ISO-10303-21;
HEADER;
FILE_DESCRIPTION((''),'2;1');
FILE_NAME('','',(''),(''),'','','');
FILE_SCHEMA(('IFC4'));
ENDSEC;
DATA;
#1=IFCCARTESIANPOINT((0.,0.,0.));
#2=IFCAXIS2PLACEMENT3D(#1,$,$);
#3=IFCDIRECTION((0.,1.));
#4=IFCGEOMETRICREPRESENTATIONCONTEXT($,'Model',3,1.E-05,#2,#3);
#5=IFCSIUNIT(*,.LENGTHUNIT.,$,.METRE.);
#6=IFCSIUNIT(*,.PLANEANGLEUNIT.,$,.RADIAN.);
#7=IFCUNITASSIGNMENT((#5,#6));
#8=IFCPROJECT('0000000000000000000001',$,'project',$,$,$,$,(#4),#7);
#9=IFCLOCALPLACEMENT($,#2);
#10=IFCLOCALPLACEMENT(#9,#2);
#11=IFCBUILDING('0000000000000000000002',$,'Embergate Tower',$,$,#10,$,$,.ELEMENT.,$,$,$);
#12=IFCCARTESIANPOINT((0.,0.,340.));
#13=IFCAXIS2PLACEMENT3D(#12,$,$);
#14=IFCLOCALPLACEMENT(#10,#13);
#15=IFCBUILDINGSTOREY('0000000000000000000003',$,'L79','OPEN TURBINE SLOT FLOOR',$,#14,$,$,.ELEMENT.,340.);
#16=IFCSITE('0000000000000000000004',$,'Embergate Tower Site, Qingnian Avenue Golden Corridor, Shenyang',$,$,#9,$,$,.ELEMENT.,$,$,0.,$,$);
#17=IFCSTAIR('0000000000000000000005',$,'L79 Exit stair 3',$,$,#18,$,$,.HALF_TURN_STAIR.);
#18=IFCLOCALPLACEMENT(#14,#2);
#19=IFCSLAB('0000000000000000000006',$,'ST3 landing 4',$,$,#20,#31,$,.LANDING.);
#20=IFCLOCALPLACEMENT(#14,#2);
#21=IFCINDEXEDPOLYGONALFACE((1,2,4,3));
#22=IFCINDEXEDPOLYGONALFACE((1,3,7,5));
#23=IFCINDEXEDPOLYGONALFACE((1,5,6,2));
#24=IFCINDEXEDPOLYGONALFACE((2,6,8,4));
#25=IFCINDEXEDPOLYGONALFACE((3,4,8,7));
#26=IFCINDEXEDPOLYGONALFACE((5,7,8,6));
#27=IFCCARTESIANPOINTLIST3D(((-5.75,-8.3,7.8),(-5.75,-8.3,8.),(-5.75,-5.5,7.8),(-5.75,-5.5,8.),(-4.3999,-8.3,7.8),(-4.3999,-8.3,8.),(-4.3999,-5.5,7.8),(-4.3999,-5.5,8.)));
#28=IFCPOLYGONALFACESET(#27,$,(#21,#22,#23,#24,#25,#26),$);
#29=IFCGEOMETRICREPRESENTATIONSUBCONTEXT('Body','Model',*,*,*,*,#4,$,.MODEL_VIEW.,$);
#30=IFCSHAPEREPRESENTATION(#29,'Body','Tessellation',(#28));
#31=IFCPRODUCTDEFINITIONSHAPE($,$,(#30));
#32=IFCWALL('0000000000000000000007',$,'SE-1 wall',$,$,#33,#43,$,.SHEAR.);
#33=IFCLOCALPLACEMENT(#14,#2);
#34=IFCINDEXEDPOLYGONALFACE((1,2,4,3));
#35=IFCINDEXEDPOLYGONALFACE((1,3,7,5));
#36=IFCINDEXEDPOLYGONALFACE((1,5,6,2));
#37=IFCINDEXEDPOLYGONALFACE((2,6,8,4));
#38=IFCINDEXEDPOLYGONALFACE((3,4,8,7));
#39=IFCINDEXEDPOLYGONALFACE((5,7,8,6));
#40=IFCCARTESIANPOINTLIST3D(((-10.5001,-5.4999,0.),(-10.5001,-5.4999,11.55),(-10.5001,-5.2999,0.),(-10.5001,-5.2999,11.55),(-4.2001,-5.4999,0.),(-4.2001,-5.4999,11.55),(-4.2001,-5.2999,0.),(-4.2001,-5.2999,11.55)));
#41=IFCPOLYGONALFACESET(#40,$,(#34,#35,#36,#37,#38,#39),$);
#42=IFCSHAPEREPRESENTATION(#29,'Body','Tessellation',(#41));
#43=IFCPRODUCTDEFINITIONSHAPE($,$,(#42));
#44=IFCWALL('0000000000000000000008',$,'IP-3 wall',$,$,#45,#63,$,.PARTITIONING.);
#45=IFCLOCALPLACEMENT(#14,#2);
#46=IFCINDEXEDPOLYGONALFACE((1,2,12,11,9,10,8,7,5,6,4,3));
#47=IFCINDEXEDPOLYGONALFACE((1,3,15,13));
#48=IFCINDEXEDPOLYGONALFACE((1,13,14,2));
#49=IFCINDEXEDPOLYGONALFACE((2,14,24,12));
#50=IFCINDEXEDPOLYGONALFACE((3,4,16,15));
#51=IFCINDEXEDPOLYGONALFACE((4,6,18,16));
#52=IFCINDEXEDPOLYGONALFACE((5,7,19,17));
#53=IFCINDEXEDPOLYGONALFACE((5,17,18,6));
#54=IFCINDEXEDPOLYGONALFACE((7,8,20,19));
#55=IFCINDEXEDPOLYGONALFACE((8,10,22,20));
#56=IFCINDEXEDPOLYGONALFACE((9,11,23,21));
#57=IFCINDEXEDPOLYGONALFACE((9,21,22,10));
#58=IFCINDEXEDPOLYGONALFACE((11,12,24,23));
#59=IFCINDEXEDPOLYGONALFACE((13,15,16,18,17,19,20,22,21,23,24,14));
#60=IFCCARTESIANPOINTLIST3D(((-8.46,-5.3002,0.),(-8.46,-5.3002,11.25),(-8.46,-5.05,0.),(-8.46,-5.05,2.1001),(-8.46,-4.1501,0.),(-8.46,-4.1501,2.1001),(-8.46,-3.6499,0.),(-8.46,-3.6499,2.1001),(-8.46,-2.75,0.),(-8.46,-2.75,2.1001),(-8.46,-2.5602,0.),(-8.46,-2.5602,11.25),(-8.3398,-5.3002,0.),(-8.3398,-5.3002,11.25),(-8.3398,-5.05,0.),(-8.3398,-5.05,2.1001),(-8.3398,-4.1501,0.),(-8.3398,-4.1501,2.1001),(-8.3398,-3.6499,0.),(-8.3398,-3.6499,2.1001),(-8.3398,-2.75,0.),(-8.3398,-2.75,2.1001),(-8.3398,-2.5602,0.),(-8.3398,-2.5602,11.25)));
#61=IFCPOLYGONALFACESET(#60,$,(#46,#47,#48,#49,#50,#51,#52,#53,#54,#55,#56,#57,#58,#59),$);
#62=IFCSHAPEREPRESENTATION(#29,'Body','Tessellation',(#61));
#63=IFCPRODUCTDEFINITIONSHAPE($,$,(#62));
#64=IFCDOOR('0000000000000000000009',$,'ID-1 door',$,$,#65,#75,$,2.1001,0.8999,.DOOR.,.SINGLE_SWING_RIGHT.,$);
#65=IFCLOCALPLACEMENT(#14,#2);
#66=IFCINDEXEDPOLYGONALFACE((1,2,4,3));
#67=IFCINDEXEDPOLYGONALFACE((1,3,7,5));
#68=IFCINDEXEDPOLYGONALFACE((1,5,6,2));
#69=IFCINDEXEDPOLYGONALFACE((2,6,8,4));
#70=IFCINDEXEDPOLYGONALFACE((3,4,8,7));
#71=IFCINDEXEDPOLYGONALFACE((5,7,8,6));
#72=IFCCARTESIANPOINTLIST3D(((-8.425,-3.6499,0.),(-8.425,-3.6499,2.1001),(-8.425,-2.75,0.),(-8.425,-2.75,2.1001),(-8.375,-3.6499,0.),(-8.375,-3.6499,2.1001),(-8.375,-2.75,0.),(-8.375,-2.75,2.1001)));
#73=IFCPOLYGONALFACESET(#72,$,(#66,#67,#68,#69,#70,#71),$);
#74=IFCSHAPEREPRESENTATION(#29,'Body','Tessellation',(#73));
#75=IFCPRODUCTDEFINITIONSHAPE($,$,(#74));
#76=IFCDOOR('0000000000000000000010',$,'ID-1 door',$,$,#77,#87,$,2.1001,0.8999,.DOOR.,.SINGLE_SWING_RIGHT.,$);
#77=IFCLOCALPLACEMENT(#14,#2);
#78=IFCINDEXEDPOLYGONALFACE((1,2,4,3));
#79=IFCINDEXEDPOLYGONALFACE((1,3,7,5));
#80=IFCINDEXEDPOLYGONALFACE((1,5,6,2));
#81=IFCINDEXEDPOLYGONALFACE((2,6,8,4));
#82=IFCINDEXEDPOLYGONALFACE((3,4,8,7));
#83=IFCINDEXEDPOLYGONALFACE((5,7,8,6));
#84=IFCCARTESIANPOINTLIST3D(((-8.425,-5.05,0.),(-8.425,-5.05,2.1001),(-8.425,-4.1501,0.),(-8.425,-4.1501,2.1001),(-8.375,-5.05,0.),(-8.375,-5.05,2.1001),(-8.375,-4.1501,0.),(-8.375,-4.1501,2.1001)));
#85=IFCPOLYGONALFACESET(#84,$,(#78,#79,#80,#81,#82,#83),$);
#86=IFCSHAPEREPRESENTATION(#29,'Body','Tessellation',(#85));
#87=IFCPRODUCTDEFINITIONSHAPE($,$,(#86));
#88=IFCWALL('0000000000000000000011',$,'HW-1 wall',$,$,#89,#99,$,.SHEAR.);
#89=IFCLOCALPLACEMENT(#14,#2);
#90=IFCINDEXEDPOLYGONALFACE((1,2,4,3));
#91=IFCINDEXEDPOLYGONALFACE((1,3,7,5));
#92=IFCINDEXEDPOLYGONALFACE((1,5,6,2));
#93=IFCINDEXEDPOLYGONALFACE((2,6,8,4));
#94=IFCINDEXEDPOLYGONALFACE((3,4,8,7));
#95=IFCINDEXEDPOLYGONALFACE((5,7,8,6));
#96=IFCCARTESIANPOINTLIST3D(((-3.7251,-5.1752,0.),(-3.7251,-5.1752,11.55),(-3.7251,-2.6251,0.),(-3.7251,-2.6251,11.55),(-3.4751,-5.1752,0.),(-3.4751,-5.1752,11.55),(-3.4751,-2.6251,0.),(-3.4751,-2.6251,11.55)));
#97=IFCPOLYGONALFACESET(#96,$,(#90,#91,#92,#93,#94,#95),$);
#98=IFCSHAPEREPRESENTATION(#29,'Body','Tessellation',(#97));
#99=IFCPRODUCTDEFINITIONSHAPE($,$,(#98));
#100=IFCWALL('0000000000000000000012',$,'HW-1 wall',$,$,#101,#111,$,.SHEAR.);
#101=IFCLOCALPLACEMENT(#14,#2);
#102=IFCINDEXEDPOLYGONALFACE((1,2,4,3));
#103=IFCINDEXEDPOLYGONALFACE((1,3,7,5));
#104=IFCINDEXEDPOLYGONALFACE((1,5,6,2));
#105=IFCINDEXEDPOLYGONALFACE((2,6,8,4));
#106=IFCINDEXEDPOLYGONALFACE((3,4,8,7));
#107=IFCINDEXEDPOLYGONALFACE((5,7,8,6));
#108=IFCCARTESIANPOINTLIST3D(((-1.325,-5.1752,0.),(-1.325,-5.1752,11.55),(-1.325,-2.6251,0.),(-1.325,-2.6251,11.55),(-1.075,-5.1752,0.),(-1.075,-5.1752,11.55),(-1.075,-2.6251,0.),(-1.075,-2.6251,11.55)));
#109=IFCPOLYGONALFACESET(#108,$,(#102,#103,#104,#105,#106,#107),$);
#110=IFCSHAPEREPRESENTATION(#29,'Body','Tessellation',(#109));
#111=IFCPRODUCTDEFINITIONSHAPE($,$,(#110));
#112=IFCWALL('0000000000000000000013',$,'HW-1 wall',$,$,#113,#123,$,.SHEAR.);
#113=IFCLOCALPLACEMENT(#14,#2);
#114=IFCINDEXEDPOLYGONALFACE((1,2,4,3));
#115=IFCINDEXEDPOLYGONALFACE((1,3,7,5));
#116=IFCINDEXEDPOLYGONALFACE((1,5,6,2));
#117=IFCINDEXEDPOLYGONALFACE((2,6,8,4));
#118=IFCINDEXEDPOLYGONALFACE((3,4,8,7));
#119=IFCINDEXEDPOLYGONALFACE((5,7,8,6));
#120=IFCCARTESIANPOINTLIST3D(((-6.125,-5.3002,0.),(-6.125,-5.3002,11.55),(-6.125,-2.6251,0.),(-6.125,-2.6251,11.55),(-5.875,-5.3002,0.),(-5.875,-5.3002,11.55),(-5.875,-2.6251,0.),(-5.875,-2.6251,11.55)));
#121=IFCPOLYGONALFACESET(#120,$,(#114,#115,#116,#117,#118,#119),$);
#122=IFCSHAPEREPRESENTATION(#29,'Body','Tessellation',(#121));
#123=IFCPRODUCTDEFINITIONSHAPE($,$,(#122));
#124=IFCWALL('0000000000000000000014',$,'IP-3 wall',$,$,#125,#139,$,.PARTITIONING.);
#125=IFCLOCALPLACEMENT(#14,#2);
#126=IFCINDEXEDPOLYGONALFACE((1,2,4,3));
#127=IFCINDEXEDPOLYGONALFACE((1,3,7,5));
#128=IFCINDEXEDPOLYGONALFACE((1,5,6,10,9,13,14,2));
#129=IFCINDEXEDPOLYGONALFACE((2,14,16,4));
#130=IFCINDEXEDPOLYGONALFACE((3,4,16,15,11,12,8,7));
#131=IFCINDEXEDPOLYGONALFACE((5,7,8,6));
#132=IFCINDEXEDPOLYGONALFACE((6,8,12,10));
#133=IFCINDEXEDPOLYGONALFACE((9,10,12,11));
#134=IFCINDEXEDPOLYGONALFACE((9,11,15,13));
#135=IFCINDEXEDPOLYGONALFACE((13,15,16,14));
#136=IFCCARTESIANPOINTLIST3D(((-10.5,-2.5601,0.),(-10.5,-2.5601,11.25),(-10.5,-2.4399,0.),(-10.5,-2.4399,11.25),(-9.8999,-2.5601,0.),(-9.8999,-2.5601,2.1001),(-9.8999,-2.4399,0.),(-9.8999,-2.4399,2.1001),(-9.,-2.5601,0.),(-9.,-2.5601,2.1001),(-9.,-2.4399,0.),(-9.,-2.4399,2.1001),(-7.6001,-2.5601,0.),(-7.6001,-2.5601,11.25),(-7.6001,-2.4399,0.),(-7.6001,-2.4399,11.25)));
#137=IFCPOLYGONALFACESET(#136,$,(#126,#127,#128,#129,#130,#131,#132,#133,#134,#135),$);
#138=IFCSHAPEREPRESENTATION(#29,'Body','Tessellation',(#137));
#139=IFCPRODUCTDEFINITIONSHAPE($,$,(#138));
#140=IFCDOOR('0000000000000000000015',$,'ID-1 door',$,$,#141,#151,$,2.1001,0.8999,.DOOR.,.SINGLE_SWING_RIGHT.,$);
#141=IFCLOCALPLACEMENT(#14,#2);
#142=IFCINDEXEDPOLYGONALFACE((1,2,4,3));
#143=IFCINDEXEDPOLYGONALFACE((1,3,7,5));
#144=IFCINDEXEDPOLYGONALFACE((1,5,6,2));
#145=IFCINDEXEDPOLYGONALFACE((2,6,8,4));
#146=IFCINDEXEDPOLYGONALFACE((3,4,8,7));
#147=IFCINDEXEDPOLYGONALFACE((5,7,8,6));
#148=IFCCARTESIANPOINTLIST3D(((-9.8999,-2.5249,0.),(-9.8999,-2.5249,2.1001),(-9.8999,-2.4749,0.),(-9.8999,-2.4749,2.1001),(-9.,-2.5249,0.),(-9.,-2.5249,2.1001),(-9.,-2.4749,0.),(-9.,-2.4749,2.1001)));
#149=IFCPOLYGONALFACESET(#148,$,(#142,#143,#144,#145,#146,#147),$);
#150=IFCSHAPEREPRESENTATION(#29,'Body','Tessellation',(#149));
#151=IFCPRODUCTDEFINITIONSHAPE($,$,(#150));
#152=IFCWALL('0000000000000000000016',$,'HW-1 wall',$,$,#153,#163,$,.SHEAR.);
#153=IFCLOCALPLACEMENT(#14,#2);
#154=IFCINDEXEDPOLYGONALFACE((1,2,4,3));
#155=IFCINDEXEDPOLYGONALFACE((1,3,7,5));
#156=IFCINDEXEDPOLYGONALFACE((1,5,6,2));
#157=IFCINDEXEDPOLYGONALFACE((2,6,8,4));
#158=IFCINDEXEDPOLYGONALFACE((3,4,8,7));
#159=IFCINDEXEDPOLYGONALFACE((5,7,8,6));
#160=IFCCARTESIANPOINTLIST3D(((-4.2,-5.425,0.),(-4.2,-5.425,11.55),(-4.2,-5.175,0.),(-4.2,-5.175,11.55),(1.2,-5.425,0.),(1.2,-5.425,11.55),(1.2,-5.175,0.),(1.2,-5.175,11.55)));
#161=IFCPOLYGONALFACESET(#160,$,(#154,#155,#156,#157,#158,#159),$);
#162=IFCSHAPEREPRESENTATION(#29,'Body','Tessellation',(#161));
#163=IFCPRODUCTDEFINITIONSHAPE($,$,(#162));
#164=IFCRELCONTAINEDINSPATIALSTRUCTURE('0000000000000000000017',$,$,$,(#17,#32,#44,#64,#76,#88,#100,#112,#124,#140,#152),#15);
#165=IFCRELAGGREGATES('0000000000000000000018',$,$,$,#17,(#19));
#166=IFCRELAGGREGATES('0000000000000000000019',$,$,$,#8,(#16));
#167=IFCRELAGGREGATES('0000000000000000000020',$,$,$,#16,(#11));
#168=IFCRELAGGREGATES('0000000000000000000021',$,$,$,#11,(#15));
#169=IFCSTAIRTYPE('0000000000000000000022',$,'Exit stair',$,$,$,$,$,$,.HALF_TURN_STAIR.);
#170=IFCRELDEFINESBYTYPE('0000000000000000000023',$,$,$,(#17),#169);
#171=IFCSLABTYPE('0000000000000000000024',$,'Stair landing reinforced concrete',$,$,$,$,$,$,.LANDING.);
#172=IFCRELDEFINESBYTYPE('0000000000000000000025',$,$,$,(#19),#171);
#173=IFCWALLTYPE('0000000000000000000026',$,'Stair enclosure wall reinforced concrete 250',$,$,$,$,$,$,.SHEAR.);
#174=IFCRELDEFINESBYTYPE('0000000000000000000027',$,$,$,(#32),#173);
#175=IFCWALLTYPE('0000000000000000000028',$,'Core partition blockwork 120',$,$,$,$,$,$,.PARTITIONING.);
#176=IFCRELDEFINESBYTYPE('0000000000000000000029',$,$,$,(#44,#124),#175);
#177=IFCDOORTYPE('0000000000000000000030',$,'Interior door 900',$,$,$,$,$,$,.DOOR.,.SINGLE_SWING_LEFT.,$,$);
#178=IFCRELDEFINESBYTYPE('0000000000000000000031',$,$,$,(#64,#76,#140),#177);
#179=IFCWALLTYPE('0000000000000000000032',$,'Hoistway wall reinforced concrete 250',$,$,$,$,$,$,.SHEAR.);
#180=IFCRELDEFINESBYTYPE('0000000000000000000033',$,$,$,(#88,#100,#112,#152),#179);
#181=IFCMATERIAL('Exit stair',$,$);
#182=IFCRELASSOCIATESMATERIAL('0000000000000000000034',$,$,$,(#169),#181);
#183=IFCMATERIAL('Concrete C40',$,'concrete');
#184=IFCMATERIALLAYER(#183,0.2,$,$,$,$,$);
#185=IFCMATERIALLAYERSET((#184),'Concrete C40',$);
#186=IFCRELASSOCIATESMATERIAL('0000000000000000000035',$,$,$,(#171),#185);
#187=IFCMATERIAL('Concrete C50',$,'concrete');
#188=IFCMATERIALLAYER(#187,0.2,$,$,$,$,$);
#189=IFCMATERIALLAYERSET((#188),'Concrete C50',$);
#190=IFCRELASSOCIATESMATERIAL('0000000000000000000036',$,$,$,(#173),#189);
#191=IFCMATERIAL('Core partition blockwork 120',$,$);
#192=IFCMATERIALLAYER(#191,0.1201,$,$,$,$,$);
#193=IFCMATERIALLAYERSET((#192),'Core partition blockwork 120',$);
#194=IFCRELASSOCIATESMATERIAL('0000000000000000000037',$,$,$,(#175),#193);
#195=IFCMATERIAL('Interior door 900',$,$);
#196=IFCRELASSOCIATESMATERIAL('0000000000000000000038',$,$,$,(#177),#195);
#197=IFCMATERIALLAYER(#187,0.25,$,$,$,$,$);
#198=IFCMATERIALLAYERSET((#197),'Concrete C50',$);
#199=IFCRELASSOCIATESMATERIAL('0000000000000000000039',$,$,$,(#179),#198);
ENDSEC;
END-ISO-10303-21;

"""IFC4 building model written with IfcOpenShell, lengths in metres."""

from ifc_helpers import new_model, si_unit, direction, frame, frame_2d, origin, place, context, subcontext, project, spatial, polyline, rectangle, outline, extrude, source, transform, mapped, material, layer, layer_set, type_object, element, fill, aggregate, save


model = new_model("IFC4")

# Units and contexts
model_context = context("Model", 3, precision=1e-05, world=origin(), true_north=direction((0.0, 1.0)))
body_context = subcontext(model_context, "Body", "Model", "MODEL_VIEW")
ifc_project = project(units=[si_unit("LENGTHUNIT", "METRE"), si_unit("PLANEANGLEUNIT", "RADIAN")], contexts=[model_context])

# Site, building, storey
site_placement = place(None, origin())
site = spatial("IfcSite", under=ifc_project, at=site_placement, Name="Embergate Tower Site, Qingnian Avenue Golden Corridor, Shenyang", CompositionType="ELEMENT", RefElevation=0.0)
building_placement = place(site_placement, origin())
building = spatial("IfcBuilding", under=site, at=building_placement, Name="Embergate Tower", CompositionType="ELEMENT")
storey_placement = place(building_placement, frame((0.0, 0.0, 340.0)))
storey = spatial("IfcBuildingStorey", under=building, at=storey_placement, Name="L79", Description="OPEN TURBINE SLOT FLOOR", CompositionType="ELEMENT", Elevation=340.0)

# Stair, slab
ifc_material_1 = material(Name="Exit stair")
stair_type = type_object("IfcStairType", Name="Exit stair", PredefinedType="HALF_TURN_STAIR", material=ifc_material_1)
stair_placement = place(storey_placement, origin())
stair = element("IfcStair", 1, at=stair_placement, inside=storey, type_object=stair_type, Name="L79 Exit stair 3", PredefinedType="HALF_TURN_STAIR")
ifc_material_2 = material(Name="Concrete C40", Category="concrete")
ifc_layer_1 = layer(ifc_material_2, 0.2)
ifc_layer_set_1 = layer_set([ifc_layer_1], Name="Concrete C40")
slab_type = type_object("IfcSlabType", Name="Stair landing reinforced concrete", PredefinedType="LANDING", material=ifc_layer_set_1)
shared_shape_1 = source(origin(), body_context, "Body", "SweptSolid", [
    extrude(outline(polyline([(0.0, 0.0), (1.3501, 0.0), (1.3501, 2.8), (0.0, 2.8), (0.0, 0.0)])), origin(), (0.0, 0.0, 1.0), 0.2),
])
slab_placement = place(storey_placement, frame((-5.75, -8.3, 7.8)))
slab = element("IfcSlab", 2, at=slab_placement, type_object=slab_type, Name="ST3 landing 4", PredefinedType="LANDING", context=body_context, shape_type="MappedRepresentation", body=[
    mapped(shared_shape_1, transform((0.0, 0.0, 0.0))),
])

# Wall
ifc_material_3 = material(Name="Concrete C50", Category="concrete")
ifc_layer_2 = layer(ifc_material_3, 0.2)
ifc_layer_set_2 = layer_set([ifc_layer_2], Name="Concrete C50")
wall_type_1 = type_object("IfcWallType", Name="Stair enclosure wall reinforced concrete 250", PredefinedType="SHEAR", material=ifc_layer_set_2)
shared_shape_2 = source(origin(), body_context, "Body", "SweptSolid", [
    extrude(rectangle(XDim=6.3, YDim=0.2, at=frame_2d((3.1499, 0.0))), origin(), (0.0, 0.0, 1.0), 11.55),
])
wall_1_placement = place(storey_placement, frame((-10.5, -5.3999, 0.0), z_axis=(0.0, 0.0, 1.0), x_axis=(1.0, 0.0, 0.0)))
element("IfcWall", 3, at=wall_1_placement, inside=storey, type_object=wall_type_1, Name="SE-1 wall", PredefinedType="SHEAR", context=body_context, shape_type="MappedRepresentation", body=[
    mapped(shared_shape_2, transform((0.0, 0.0, 0.0))),
])

# Wall, openings, doors
ifc_material_4 = material(Name="Core partition blockwork 120")
ifc_layer_3 = layer(ifc_material_4, 0.1201)
ifc_layer_set_3 = layer_set([ifc_layer_3], Name="Core partition blockwork 120")
wall_type_2 = type_object("IfcWallType", Name="Core partition blockwork 120", PredefinedType="PARTITIONING", material=ifc_layer_set_3)
shared_shape_3 = source(origin(), body_context, "Body", "SweptSolid", [
    extrude(rectangle(XDim=2.74, YDim=0.1201, at=frame_2d((1.3701, 0.0))), origin(), (0.0, 0.0, 1.0), 11.25),
])
wall_2_placement = place(storey_placement, frame((-8.3999, -2.5601, 0.0), z_axis=(0.0, 0.0, 1.0), x_axis=(0.0, -1.0, 0.0)))
wall_2 = element("IfcWall", 4, at=wall_2_placement, inside=storey, type_object=wall_type_2, Name="IP-3 wall", PredefinedType="PARTITIONING", context=body_context, shape_type="MappedRepresentation", body=[
    mapped(shared_shape_3, transform((0.0, 0.0, 0.0))),
])
shared_shape_4 = source(origin(), body_context, "Body", "SweptSolid", [
    extrude(rectangle(XDim=0.8999, YDim=2.1001, at=frame_2d((0.45, 1.05))), frame((0.0, 0.0701, 0.0), z_axis=(0.0, -1.0, 0.0), x_axis=(1.0, 0.0, 0.0)), (0.0, 0.0, 1.0), 0.1401),
])
opening_1_placement = place(wall_2_placement, frame((0.1899, 0.0, 0.0)))
opening_1 = element("IfcOpeningElement", 5, at=opening_1_placement, cuts=wall_2, PredefinedType="OPENING", context=body_context, shape_type="MappedRepresentation", body=[
    mapped(shared_shape_4, transform((0.0, 0.0, 0.0))),
])
opening_2_placement = place(wall_2_placement, frame((1.5901, 0.0, 0.0)))
opening_2 = element("IfcOpeningElement", 6, at=opening_2_placement, cuts=wall_2, PredefinedType="OPENING", context=body_context, shape_type="MappedRepresentation", body=[
    mapped(shared_shape_4, transform((0.0, 0.0, 0.0))),
])
ifc_material_5 = material(Name="Interior door 900")
door_type_1 = type_object("IfcDoorType", Name="Interior door 900", OperationType="SINGLE_SWING_LEFT", PredefinedType="DOOR", material=ifc_material_5)
shared_shape_5 = source(origin(), body_context, "Body", "SweptSolid", [
    extrude(rectangle(XDim=0.8999, YDim=2.1001, at=frame_2d((0.45, 1.05))), frame((0.0, 0.0249, 0.0), z_axis=(0.0, -1.0, 0.0), x_axis=(1.0, 0.0, 0.0)), (0.0, 0.0, 1.0), 0.05),
])
door_1_placement = place(opening_1_placement, origin())
door_1 = element("IfcDoor", 7, at=door_1_placement, inside=storey, type_object=door_type_1, Name="ID-1 door", OperationType="SINGLE_SWING_RIGHT", OverallHeight=2.1001, OverallWidth=0.8999, PredefinedType="DOOR", context=body_context, shape_type="MappedRepresentation", body=[
    mapped(shared_shape_5, transform((0.0, 0.0, 0.0))),
])
fill(opening_1, door_1)
door_2_placement = place(opening_2_placement, origin())
door_2 = element("IfcDoor", 8, at=door_2_placement, inside=storey, type_object=door_type_1, Name="ID-1 door", OperationType="SINGLE_SWING_RIGHT", OverallHeight=2.1001, OverallWidth=0.8999, PredefinedType="DOOR", context=body_context, shape_type="MappedRepresentation", body=[
    mapped(shared_shape_5, transform((0.0, 0.0, 0.0))),
])
fill(opening_2, door_2)

# Walls
ifc_layer_4 = layer(ifc_material_3, 0.25)
ifc_layer_set_4 = layer_set([ifc_layer_4], Name="Concrete C50")
wall_type_3 = type_object("IfcWallType", Name="Hoistway wall reinforced concrete 250", PredefinedType="SHEAR", material=ifc_layer_set_4)
shared_shape_6 = source(origin(), body_context, "Body", "SweptSolid", [
    extrude(rectangle(XDim=2.55, YDim=0.25, at=frame_2d((1.2749, 0.0))), origin(), (0.0, 0.0, 1.0), 11.55),
])
for number, where, z_axis, x_axis, name in (
    (9, (-3.6001, -5.175, 0.0), (0.0, 0.0, 1.0), (0.0, 1.0, 0.0), "HW-1 wall"),
    (10, (-1.2, -5.175, 0.0), (0.0, 0.0, 1.0), (0.0, 1.0, 0.0), "HW-1 wall"),
):
    element("IfcWall", number, at=place(storey_placement, frame(where, z_axis=z_axis, x_axis=x_axis)), inside=storey, type_object=wall_type_3, Name=name, PredefinedType="SHEAR", context=body_context, shape_type="MappedRepresentation", body=[
        mapped(shared_shape_6, transform((0.0, 0.0, 0.0))),
    ])
shared_shape_7 = source(origin(), body_context, "Body", "SweptSolid", [
    extrude(rectangle(XDim=2.675, YDim=0.25, at=frame_2d((1.3374, 0.0))), origin(), (0.0, 0.0, 1.0), 11.55),
])
wall_3_placement = place(storey_placement, frame((-6.0, -5.3, 0.0), z_axis=(0.0, 0.0, 1.0), x_axis=(0.0, 1.0, 0.0)))
element("IfcWall", 11, at=wall_3_placement, inside=storey, type_object=wall_type_3, Name="HW-1 wall", PredefinedType="SHEAR", context=body_context, shape_type="MappedRepresentation", body=[
    mapped(shared_shape_7, transform((0.0, 0.0, 0.0))),
])

# Wall, opening, door
shared_shape_8 = source(origin(), body_context, "Body", "SweptSolid", [
    extrude(rectangle(XDim=2.8999, YDim=0.1201, at=frame_2d((1.45, 0.0))), origin(), (0.0, 0.0, 1.0), 11.25),
])
wall_4_placement = place(storey_placement, frame((-7.6001, -2.5, 0.0), z_axis=(0.0, 0.0, 1.0), x_axis=(-1.0, 0.0, 0.0)))
wall_4 = element("IfcWall", 12, at=wall_4_placement, inside=storey, type_object=wall_type_2, Name="IP-3 wall", PredefinedType="PARTITIONING", context=body_context, shape_type="MappedRepresentation", body=[
    mapped(shared_shape_8, transform((0.0, 0.0, 0.0))),
])
opening_3_placement = place(wall_4_placement, frame((1.3999, 0.0, 0.0)))
opening_3 = element("IfcOpeningElement", 13, at=opening_3_placement, cuts=wall_4, PredefinedType="OPENING", context=body_context, shape_type="MappedRepresentation", body=[
    mapped(shared_shape_4, transform((0.0, 0.0, 0.0))),
])
door_3_placement = place(opening_3_placement, origin())
door_3 = element("IfcDoor", 14, at=door_3_placement, inside=storey, type_object=door_type_1, Name="ID-1 door", OperationType="SINGLE_SWING_RIGHT", OverallHeight=2.1001, OverallWidth=0.8999, PredefinedType="DOOR", context=body_context, shape_type="MappedRepresentation", body=[
    mapped(shared_shape_5, transform((0.0, 0.0, 0.0))),
])
fill(opening_3, door_3)

# Wall
shared_shape_9 = source(origin(), body_context, "Body", "SweptSolid", [
    extrude(rectangle(XDim=5.3999, YDim=0.25, at=frame_2d((2.7, 0.0))), origin(), (0.0, 0.0, 1.0), 11.55),
])
wall_5_placement = place(storey_placement, frame((-4.2, -5.3, 0.0), z_axis=(0.0, 0.0, 1.0), x_axis=(1.0, 0.0, 0.0)))
element("IfcWall", 15, at=wall_5_placement, inside=storey, type_object=wall_type_3, Name="HW-1 wall", PredefinedType="SHEAR", context=body_context, shape_type="MappedRepresentation", body=[
    mapped(shared_shape_9, transform((0.0, 0.0, 0.0))),
])

aggregate(stair, [slab])

save(model, "model.ifc")
